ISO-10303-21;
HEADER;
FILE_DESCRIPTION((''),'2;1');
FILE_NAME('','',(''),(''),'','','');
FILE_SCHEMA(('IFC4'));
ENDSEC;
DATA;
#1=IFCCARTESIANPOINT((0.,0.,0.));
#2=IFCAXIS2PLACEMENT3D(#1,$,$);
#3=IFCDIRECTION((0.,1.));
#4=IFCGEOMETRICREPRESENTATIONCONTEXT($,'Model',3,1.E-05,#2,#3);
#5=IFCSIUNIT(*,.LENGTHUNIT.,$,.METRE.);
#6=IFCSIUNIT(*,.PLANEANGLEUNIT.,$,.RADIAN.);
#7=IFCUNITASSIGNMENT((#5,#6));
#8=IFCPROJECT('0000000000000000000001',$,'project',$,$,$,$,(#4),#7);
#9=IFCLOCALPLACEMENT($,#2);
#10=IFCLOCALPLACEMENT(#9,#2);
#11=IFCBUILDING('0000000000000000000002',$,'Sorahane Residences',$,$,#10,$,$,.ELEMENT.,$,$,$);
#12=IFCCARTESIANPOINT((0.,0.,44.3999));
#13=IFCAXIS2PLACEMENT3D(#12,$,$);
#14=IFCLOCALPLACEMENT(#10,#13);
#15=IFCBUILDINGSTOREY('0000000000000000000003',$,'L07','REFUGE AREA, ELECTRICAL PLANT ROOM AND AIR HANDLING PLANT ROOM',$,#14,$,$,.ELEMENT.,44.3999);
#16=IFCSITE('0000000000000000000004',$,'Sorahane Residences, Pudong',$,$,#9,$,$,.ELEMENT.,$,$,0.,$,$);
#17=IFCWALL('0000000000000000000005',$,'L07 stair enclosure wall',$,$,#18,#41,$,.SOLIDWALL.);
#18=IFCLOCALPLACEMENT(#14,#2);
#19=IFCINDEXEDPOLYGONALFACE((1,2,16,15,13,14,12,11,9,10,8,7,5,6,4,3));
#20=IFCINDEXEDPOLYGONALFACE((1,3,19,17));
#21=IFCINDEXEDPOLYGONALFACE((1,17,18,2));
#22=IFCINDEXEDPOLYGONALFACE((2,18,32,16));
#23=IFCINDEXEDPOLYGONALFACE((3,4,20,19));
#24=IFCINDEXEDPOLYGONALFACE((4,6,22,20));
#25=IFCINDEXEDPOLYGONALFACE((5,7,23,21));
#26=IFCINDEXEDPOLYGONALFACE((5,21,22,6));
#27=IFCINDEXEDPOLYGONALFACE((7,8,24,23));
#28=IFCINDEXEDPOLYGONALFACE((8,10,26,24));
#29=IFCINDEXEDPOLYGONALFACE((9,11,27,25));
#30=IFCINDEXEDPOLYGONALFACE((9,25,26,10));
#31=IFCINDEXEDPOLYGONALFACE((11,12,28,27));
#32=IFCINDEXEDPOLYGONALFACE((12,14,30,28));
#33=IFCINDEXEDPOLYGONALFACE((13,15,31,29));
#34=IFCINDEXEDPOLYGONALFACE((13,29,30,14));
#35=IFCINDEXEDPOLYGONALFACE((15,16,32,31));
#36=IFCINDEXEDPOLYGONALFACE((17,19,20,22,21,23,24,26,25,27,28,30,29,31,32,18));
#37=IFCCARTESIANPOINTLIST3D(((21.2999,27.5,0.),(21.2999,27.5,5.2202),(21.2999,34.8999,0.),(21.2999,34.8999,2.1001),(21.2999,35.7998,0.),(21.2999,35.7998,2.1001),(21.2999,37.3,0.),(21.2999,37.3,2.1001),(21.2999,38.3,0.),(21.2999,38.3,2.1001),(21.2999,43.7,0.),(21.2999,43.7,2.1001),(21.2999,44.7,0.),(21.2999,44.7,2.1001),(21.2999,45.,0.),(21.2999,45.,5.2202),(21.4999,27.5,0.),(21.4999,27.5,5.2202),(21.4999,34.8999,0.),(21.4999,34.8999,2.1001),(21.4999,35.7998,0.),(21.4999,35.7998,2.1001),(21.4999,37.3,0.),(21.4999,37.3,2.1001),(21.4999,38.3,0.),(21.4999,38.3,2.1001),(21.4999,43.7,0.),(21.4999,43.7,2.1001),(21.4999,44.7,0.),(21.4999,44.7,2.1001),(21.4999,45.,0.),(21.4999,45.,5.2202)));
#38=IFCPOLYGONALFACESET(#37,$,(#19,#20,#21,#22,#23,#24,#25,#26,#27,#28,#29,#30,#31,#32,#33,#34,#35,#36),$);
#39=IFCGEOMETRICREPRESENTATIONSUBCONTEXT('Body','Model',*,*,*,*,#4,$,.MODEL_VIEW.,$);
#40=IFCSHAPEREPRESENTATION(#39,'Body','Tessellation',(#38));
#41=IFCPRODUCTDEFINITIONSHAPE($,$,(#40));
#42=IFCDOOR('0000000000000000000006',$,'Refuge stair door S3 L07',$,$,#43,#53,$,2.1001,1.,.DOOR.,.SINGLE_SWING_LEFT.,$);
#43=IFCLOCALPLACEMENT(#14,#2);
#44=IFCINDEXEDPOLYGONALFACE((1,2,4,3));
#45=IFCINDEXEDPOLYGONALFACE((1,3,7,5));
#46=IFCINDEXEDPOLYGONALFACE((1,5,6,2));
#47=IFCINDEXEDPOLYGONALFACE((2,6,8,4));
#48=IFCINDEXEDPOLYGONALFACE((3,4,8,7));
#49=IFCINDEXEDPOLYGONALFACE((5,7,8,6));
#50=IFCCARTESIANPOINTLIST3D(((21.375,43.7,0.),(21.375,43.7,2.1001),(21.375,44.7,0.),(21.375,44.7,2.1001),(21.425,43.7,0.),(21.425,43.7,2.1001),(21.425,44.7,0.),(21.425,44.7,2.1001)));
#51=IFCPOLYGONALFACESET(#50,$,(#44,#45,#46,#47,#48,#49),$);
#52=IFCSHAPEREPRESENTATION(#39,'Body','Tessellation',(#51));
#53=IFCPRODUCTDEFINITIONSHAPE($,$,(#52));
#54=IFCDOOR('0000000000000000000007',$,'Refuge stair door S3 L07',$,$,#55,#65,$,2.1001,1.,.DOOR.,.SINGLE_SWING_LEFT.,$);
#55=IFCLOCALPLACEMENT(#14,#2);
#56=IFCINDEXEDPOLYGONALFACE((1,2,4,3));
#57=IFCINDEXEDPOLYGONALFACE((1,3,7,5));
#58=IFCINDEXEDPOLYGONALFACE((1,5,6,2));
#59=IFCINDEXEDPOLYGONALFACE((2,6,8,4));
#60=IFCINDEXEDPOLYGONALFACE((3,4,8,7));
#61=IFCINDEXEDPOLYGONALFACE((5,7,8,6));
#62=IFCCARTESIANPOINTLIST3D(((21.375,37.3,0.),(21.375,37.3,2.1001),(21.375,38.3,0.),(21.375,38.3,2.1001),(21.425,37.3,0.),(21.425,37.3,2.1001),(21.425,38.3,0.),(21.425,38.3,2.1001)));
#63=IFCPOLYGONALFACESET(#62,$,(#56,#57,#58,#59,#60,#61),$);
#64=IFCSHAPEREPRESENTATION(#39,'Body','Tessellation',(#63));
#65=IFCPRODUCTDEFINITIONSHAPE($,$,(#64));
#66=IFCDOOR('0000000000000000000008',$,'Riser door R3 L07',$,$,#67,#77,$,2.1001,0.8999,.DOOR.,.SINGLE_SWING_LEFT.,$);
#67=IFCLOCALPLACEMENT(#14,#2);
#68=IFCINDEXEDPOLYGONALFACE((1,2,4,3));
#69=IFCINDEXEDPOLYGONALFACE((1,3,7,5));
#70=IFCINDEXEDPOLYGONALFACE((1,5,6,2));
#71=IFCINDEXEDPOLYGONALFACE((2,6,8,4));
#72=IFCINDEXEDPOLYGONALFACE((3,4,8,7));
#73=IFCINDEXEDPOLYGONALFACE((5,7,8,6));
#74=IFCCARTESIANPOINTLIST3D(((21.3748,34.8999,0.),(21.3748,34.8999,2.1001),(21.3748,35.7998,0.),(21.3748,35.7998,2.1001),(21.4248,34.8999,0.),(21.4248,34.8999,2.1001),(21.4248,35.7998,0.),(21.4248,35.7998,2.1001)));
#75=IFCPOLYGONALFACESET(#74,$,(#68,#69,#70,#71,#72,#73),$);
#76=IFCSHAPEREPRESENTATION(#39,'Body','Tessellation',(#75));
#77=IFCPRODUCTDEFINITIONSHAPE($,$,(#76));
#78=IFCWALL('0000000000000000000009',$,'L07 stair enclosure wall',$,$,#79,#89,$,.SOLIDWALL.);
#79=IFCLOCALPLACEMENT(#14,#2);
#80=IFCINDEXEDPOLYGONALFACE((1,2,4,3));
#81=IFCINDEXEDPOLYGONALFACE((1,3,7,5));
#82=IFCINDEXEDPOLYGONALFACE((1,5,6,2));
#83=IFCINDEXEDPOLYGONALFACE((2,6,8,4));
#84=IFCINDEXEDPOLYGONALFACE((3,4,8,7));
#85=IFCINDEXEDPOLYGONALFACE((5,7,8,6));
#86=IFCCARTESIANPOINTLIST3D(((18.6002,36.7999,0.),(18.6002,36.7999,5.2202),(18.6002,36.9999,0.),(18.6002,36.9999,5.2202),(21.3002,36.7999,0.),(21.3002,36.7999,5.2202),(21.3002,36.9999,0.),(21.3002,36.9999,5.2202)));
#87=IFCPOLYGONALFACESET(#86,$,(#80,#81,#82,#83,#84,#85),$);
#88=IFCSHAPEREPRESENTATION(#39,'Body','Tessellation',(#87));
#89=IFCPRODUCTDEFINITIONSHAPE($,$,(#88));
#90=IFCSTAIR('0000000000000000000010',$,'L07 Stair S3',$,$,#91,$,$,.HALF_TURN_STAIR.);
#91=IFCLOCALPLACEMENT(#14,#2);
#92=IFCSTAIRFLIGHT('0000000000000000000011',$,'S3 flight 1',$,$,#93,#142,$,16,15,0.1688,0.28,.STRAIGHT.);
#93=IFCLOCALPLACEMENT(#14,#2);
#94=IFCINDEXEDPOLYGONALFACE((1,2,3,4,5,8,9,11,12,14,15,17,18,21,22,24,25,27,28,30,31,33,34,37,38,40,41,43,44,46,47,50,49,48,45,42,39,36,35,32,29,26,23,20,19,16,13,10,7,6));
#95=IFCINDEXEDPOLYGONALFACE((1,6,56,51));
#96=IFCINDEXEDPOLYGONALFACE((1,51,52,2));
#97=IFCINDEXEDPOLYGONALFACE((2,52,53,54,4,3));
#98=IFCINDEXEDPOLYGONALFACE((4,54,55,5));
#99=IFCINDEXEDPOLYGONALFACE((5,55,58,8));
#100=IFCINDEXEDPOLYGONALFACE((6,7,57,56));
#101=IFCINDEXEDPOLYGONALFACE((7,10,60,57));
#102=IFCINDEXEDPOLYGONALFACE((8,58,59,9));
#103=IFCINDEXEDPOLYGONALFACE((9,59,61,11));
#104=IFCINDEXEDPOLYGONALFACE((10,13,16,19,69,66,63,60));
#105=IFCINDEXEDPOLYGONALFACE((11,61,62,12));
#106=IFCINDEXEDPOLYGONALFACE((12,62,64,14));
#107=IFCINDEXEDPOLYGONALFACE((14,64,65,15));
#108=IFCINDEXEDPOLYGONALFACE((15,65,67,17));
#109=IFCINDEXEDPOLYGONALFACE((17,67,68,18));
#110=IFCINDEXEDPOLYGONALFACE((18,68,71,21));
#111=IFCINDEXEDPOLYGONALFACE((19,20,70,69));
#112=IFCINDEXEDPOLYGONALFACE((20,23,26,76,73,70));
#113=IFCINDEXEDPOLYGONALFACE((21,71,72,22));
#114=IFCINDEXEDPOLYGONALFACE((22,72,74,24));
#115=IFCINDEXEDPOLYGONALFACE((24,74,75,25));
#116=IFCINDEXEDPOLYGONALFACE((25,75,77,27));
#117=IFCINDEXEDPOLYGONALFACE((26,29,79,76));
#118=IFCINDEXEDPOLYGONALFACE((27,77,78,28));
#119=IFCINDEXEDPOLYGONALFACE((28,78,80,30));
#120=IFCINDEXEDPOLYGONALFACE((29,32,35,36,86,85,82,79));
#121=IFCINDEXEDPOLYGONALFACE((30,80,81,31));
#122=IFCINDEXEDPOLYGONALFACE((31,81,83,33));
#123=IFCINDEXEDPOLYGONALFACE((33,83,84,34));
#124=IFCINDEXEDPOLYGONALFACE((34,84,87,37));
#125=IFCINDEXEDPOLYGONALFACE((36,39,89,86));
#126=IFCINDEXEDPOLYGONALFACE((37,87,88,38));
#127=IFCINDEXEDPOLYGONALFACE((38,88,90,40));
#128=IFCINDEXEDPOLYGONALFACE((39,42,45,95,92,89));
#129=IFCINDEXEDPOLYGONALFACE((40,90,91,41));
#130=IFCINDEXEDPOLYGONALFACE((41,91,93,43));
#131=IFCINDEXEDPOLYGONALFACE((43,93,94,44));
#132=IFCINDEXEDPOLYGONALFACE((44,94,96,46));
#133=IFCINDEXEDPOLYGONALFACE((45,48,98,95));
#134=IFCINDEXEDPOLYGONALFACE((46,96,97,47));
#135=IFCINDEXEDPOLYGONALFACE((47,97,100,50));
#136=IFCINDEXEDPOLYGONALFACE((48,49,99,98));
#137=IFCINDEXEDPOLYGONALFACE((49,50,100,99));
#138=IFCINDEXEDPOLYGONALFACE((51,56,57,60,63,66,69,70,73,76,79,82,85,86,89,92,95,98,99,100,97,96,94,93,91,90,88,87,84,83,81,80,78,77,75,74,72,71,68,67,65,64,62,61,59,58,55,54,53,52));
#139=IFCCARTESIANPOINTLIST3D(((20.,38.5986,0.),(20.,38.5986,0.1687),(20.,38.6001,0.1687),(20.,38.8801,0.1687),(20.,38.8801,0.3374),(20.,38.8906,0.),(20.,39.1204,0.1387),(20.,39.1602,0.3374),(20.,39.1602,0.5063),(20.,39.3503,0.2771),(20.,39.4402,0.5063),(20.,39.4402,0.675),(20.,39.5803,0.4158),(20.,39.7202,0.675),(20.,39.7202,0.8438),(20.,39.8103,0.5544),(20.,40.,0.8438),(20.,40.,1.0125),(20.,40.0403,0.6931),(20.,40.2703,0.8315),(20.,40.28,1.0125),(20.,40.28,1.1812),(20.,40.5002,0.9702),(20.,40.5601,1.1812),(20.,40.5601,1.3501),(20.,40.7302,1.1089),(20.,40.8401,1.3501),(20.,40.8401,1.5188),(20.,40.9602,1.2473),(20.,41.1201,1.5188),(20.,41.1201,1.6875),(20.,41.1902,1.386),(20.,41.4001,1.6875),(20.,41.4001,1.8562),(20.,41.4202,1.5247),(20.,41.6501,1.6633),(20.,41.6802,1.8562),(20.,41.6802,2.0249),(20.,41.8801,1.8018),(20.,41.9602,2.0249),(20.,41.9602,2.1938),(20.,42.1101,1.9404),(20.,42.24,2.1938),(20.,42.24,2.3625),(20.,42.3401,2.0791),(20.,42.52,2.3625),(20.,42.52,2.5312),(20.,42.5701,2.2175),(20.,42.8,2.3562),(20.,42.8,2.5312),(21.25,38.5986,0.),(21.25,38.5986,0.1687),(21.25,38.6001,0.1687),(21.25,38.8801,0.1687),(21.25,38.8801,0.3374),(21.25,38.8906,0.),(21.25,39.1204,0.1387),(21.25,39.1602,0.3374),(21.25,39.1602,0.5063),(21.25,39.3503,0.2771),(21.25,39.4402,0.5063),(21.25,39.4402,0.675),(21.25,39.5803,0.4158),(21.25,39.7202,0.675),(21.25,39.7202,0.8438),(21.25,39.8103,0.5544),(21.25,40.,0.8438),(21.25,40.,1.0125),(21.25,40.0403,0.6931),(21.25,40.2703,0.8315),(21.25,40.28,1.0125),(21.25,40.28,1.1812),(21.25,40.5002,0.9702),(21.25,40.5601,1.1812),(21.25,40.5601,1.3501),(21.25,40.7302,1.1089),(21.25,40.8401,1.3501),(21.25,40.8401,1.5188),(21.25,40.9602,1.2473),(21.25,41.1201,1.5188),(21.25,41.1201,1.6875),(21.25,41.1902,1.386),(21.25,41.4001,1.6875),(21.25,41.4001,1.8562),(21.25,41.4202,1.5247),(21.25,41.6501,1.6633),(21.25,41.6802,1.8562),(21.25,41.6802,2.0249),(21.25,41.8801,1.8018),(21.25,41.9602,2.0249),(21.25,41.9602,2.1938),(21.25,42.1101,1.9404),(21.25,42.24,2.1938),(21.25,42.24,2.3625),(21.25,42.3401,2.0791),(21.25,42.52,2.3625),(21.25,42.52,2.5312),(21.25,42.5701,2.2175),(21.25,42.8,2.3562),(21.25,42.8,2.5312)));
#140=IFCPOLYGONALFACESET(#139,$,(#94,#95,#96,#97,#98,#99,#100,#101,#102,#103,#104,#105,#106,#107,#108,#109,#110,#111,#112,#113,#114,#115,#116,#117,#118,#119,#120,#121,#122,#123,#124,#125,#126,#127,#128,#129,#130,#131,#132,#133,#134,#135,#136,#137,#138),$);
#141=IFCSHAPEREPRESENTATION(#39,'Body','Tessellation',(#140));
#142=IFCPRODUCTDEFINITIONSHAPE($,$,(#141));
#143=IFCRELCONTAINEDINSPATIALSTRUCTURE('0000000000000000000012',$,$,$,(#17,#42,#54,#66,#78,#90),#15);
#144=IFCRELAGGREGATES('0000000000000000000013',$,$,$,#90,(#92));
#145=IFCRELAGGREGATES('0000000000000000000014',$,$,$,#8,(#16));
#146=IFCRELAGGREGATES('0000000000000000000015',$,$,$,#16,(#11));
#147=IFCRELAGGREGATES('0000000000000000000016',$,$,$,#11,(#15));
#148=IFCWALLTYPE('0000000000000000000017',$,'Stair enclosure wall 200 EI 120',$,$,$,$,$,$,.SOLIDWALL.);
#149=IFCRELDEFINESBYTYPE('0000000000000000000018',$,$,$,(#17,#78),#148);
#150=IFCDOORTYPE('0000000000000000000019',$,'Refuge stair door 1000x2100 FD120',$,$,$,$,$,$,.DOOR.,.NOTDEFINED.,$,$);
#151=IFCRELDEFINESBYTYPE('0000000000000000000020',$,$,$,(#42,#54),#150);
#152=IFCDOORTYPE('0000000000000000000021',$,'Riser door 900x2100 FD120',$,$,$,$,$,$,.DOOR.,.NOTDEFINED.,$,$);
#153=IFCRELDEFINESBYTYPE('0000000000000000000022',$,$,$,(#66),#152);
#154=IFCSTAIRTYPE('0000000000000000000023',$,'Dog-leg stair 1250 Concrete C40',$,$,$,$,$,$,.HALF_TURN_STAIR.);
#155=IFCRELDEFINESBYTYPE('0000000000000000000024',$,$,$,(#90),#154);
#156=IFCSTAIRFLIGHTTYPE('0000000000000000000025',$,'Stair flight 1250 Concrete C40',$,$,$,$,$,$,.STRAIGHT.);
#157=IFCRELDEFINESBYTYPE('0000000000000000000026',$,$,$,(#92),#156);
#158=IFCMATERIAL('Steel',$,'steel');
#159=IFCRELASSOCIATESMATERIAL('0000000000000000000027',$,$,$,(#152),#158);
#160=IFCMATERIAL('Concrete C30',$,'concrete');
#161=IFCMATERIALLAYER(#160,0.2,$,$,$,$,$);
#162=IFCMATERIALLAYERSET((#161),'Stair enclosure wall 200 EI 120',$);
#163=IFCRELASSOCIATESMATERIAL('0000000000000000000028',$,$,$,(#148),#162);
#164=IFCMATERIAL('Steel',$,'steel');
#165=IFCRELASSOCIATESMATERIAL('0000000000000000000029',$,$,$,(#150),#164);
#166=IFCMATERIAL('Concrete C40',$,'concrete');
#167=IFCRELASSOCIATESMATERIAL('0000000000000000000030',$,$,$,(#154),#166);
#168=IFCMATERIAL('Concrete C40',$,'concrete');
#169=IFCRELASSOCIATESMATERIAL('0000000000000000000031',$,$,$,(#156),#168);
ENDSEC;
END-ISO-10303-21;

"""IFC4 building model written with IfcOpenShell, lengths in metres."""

from ifc_helpers import new_model, si_unit, direction, frame, frame_2d, origin, place, context, subcontext, project, spatial, polyline, rectangle, outline, extrude, material, layer, layer_set, type_object, element, fill, aggregate, save


model = new_model("IFC4")

# Units and contexts
model_context = context("Model", 3, precision=1e-05, world=origin(), true_north=direction((0.0, 1.0)))
body_context = subcontext(model_context, "Body", "Model", "MODEL_VIEW")
ifc_project = project(units=[si_unit("LENGTHUNIT", "METRE"), si_unit("PLANEANGLEUNIT", "RADIAN")], contexts=[model_context])

# Site, building, storey
site_placement = place(None, origin())
site = spatial("IfcSite", under=ifc_project, at=site_placement, Name="Sorahane Residences, Pudong", CompositionType="ELEMENT", RefElevation=0.0)
building_placement = place(site_placement, origin())
building = spatial("IfcBuilding", under=site, at=building_placement, Name="Sorahane Residences", CompositionType="ELEMENT")
storey_placement = place(building_placement, frame((0.0, 0.0, 44.3999)))
storey = spatial("IfcBuildingStorey", under=building, at=storey_placement, Name="L07", Description="REFUGE AREA, ELECTRICAL PLANT ROOM AND AIR HANDLING PLANT ROOM", CompositionType="ELEMENT", Elevation=44.3999)

# Wall, openings, doors
ifc_material_1 = material(Name="Steel", Category="steel")
door_type_1 = type_object("IfcDoorType", Name="Riser door 900x2100 FD120", OperationType="NOTDEFINED", PredefinedType="DOOR", material=ifc_material_1)
ifc_material_2 = material(Name="Concrete C30", Category="concrete")
ifc_layer_1 = layer(ifc_material_2, 0.2)
ifc_layer_set_1 = layer_set([ifc_layer_1], Name="Stair enclosure wall 200 EI 120")
wall_type_1 = type_object("IfcWallType", Name="Stair enclosure wall 200 EI 120", PredefinedType="SOLIDWALL", material=ifc_layer_set_1)
wall_1_placement = place(storey_placement, frame((21.3999, 27.5, 0.0), z_axis=(0.0, 0.0, 1.0), x_axis=(0.0, 1.0, 0.0)))
wall_1 = element("IfcWall", 1, at=wall_1_placement, inside=storey, type_object=wall_type_1, Name="L07 stair enclosure wall", PredefinedType="SOLIDWALL", context=body_context, shape_type="SweptSolid", body=[
    extrude(rectangle(XDim=17.5, YDim=0.2, at=frame_2d((8.75, 0.0))), origin(), (0.0, 0.0, 1.0), 5.2202),
])
opening_1_placement = place(wall_1_placement, frame((16.2, 0.0, 0.0)))
opening_1 = element("IfcOpeningElement", 2, at=opening_1_placement, cuts=wall_1, PredefinedType="OPENING", context=body_context, shape_type="SweptSolid", body=[
    extrude(rectangle(XDim=1.0, YDim=2.1001, at=frame_2d((0.5, 1.05))), frame((0.0, 0.1099, 0.0), z_axis=(0.0, -1.0, 0.0), x_axis=(1.0, 0.0, 0.0)), (0.0, 0.0, 1.0), 0.22),
])
opening_2_placement = place(wall_1_placement, frame((9.8, 0.0, 0.0)))
opening_2 = element("IfcOpeningElement", 3, at=opening_2_placement, cuts=wall_1, PredefinedType="OPENING", context=body_context, shape_type="SweptSolid", body=[
    extrude(rectangle(XDim=1.0, YDim=2.1001, at=frame_2d((0.5, 1.05))), frame((0.0, 0.1099, 0.0), z_axis=(0.0, -1.0, 0.0), x_axis=(1.0, 0.0, 0.0)), (0.0, 0.0, 1.0), 0.22),
])
opening_3_placement = place(wall_1_placement, frame((7.3999, 0.0, 0.0)))
opening_3 = element("IfcOpeningElement", 4, at=opening_3_placement, cuts=wall_1, PredefinedType="OPENING", context=body_context, shape_type="SweptSolid", body=[
    extrude(rectangle(XDim=0.8999, YDim=2.1001, at=frame_2d((0.45, 1.05))), frame((0.0, 0.1099, 0.0), z_axis=(0.0, -1.0, 0.0), x_axis=(1.0, 0.0, 0.0)), (0.0, 0.0, 1.0), 0.22),
])
ifc_material_3 = material(Name="Steel", Category="steel")
door_type_2 = type_object("IfcDoorType", Name="Refuge stair door 1000x2100 FD120", OperationType="NOTDEFINED", PredefinedType="DOOR", material=ifc_material_3)
door_1_placement = place(opening_1_placement, origin())
door_1 = element("IfcDoor", 5, at=door_1_placement, inside=storey, type_object=door_type_2, Name="Refuge stair door S3 L07", OperationType="SINGLE_SWING_LEFT", OverallHeight=2.1001, OverallWidth=1.0, PredefinedType="DOOR", context=body_context, shape_type="SweptSolid", body=[
    extrude(rectangle(XDim=1.0, YDim=2.1001, at=frame_2d((0.5, 1.05))), frame((0.0, 0.0249, 0.0), z_axis=(0.0, -1.0, 0.0), x_axis=(1.0, 0.0, 0.0)), (0.0, 0.0, 1.0), 0.05),
])
fill(opening_1, door_1)
door_2_placement = place(opening_2_placement, origin())
door_2 = element("IfcDoor", 6, at=door_2_placement, inside=storey, type_object=door_type_2, Name="Refuge stair door S3 L07", OperationType="SINGLE_SWING_LEFT", OverallHeight=2.1001, OverallWidth=1.0, PredefinedType="DOOR", context=body_context, shape_type="SweptSolid", body=[
    extrude(rectangle(XDim=1.0, YDim=2.1001, at=frame_2d((0.5, 1.05))), frame((0.0, 0.0249, 0.0), z_axis=(0.0, -1.0, 0.0), x_axis=(1.0, 0.0, 0.0)), (0.0, 0.0, 1.0), 0.05),
])
fill(opening_2, door_2)
door_3_placement = place(opening_3_placement, frame((0.8999, 0.0, 0.0), z_axis=(0.0, 0.0, 1.0), x_axis=(-1.0, 0.0, 0.0)))
door_3 = element("IfcDoor", 7, at=door_3_placement, inside=storey, type_object=door_type_1, Name="Riser door R3 L07", OperationType="SINGLE_SWING_LEFT", OverallHeight=2.1001, OverallWidth=0.8999, PredefinedType="DOOR", context=body_context, shape_type="SweptSolid", body=[
    extrude(rectangle(XDim=0.8999, YDim=2.1001, at=frame_2d((0.45, 1.05))), frame((0.0, 0.0249, 0.0), z_axis=(0.0, -1.0, 0.0), x_axis=(1.0, 0.0, 0.0)), (0.0, 0.0, 1.0), 0.05),
])
fill(opening_3, door_3)

# Wall
wall_2_placement = place(storey_placement, frame((18.6001, 36.8999, 0.0), z_axis=(0.0, 0.0, 1.0), x_axis=(1.0, 0.0, 0.0)))
element("IfcWall", 8, at=wall_2_placement, inside=storey, type_object=wall_type_1, Name="L07 stair enclosure wall", PredefinedType="SOLIDWALL", context=body_context, shape_type="SweptSolid", body=[
    extrude(rectangle(XDim=2.7, YDim=0.2, at=frame_2d((1.3501, 0.0))), origin(), (0.0, 0.0, 1.0), 5.2202),
])

# Stair, stair flight
ifc_material_4 = material(Name="Concrete C40", Category="concrete")
stair_type = type_object("IfcStairType", Name="Dog-leg stair 1250 Concrete C40", PredefinedType="HALF_TURN_STAIR", material=ifc_material_4)
stair_placement = place(storey_placement, origin())
stair = element("IfcStair", 9, at=stair_placement, inside=storey, type_object=stair_type, Name="L07 Stair S3", PredefinedType="HALF_TURN_STAIR")
ifc_material_5 = material(Name="Concrete C40", Category="concrete")
stair_flight_type = type_object("IfcStairFlightType", Name="Stair flight 1250 Concrete C40", PredefinedType="STRAIGHT", material=ifc_material_5)
stair_flight_placement = place(storey_placement, frame((20.625, 38.6001, 0.0), z_axis=(0.0, 0.0, 1.0), x_axis=(0.0, 1.0, 0.0)))
stair_flight = element("IfcStairFlight", 10, at=stair_flight_placement, type_object=stair_flight_type, Name="S3 flight 1", NumberOfRisers=16, NumberOfTreads=15, PredefinedType="STRAIGHT", RiserHeight=0.1688, TreadLength=0.28, context=body_context, shape_type="SweptSolid", body=[
    extrude(outline(polyline([(-0.0015, 0.0), (-0.0015, 0.1687), (0.0, 0.1687), (0.28, 0.1687), (0.28, 0.3374), (0.5601, 0.3374), (0.5601, 0.5063), (0.8401, 0.5063), (0.8401, 0.675), (1.1201, 0.675), (1.1201, 0.8438), (1.3999, 0.8438), (1.3999, 1.0125), (1.6799, 1.0125), (1.6799, 1.1812), (1.96, 1.1812), (1.96, 1.3501), (2.24, 1.3501), (2.24, 1.5188), (2.52, 1.5188), (2.52, 1.6875), (2.8, 1.6875), (2.8, 1.8562), (3.0801, 1.8562), (3.0801, 2.0249), (3.3601, 2.0249), (3.3601, 2.1938), (3.6399, 2.1938), (3.6399, 2.3625), (3.9199, 2.3625), (3.9199, 2.5312), (4.2, 2.5312), (4.2, 2.7), (4.2, 2.3562), (3.97, 2.2175), (3.74, 2.0791), (3.51, 1.9404), (3.28, 1.8018), (3.05, 1.6633), (2.8201, 1.5247), (2.5901, 1.386), (2.3601, 1.2473), (2.1301, 1.1089), (1.9001, 0.9702), (1.6702, 0.8315), (1.4402, 0.6931), (1.2102, 0.5544), (0.9802, 0.4158), (0.7502, 0.2771), (0.5203, 0.1387), (0.2905, 0.0), (-0.0015, 0.0)])), frame((0.0, 0.625, 0.0), z_axis=(0.0, -1.0, 0.0), x_axis=(1.0, 0.0, 0.0)), (0.0, 0.0, 1.0), 1.25),
])
aggregate(stair, [stair_flight])

save(model, "model.ifc")
